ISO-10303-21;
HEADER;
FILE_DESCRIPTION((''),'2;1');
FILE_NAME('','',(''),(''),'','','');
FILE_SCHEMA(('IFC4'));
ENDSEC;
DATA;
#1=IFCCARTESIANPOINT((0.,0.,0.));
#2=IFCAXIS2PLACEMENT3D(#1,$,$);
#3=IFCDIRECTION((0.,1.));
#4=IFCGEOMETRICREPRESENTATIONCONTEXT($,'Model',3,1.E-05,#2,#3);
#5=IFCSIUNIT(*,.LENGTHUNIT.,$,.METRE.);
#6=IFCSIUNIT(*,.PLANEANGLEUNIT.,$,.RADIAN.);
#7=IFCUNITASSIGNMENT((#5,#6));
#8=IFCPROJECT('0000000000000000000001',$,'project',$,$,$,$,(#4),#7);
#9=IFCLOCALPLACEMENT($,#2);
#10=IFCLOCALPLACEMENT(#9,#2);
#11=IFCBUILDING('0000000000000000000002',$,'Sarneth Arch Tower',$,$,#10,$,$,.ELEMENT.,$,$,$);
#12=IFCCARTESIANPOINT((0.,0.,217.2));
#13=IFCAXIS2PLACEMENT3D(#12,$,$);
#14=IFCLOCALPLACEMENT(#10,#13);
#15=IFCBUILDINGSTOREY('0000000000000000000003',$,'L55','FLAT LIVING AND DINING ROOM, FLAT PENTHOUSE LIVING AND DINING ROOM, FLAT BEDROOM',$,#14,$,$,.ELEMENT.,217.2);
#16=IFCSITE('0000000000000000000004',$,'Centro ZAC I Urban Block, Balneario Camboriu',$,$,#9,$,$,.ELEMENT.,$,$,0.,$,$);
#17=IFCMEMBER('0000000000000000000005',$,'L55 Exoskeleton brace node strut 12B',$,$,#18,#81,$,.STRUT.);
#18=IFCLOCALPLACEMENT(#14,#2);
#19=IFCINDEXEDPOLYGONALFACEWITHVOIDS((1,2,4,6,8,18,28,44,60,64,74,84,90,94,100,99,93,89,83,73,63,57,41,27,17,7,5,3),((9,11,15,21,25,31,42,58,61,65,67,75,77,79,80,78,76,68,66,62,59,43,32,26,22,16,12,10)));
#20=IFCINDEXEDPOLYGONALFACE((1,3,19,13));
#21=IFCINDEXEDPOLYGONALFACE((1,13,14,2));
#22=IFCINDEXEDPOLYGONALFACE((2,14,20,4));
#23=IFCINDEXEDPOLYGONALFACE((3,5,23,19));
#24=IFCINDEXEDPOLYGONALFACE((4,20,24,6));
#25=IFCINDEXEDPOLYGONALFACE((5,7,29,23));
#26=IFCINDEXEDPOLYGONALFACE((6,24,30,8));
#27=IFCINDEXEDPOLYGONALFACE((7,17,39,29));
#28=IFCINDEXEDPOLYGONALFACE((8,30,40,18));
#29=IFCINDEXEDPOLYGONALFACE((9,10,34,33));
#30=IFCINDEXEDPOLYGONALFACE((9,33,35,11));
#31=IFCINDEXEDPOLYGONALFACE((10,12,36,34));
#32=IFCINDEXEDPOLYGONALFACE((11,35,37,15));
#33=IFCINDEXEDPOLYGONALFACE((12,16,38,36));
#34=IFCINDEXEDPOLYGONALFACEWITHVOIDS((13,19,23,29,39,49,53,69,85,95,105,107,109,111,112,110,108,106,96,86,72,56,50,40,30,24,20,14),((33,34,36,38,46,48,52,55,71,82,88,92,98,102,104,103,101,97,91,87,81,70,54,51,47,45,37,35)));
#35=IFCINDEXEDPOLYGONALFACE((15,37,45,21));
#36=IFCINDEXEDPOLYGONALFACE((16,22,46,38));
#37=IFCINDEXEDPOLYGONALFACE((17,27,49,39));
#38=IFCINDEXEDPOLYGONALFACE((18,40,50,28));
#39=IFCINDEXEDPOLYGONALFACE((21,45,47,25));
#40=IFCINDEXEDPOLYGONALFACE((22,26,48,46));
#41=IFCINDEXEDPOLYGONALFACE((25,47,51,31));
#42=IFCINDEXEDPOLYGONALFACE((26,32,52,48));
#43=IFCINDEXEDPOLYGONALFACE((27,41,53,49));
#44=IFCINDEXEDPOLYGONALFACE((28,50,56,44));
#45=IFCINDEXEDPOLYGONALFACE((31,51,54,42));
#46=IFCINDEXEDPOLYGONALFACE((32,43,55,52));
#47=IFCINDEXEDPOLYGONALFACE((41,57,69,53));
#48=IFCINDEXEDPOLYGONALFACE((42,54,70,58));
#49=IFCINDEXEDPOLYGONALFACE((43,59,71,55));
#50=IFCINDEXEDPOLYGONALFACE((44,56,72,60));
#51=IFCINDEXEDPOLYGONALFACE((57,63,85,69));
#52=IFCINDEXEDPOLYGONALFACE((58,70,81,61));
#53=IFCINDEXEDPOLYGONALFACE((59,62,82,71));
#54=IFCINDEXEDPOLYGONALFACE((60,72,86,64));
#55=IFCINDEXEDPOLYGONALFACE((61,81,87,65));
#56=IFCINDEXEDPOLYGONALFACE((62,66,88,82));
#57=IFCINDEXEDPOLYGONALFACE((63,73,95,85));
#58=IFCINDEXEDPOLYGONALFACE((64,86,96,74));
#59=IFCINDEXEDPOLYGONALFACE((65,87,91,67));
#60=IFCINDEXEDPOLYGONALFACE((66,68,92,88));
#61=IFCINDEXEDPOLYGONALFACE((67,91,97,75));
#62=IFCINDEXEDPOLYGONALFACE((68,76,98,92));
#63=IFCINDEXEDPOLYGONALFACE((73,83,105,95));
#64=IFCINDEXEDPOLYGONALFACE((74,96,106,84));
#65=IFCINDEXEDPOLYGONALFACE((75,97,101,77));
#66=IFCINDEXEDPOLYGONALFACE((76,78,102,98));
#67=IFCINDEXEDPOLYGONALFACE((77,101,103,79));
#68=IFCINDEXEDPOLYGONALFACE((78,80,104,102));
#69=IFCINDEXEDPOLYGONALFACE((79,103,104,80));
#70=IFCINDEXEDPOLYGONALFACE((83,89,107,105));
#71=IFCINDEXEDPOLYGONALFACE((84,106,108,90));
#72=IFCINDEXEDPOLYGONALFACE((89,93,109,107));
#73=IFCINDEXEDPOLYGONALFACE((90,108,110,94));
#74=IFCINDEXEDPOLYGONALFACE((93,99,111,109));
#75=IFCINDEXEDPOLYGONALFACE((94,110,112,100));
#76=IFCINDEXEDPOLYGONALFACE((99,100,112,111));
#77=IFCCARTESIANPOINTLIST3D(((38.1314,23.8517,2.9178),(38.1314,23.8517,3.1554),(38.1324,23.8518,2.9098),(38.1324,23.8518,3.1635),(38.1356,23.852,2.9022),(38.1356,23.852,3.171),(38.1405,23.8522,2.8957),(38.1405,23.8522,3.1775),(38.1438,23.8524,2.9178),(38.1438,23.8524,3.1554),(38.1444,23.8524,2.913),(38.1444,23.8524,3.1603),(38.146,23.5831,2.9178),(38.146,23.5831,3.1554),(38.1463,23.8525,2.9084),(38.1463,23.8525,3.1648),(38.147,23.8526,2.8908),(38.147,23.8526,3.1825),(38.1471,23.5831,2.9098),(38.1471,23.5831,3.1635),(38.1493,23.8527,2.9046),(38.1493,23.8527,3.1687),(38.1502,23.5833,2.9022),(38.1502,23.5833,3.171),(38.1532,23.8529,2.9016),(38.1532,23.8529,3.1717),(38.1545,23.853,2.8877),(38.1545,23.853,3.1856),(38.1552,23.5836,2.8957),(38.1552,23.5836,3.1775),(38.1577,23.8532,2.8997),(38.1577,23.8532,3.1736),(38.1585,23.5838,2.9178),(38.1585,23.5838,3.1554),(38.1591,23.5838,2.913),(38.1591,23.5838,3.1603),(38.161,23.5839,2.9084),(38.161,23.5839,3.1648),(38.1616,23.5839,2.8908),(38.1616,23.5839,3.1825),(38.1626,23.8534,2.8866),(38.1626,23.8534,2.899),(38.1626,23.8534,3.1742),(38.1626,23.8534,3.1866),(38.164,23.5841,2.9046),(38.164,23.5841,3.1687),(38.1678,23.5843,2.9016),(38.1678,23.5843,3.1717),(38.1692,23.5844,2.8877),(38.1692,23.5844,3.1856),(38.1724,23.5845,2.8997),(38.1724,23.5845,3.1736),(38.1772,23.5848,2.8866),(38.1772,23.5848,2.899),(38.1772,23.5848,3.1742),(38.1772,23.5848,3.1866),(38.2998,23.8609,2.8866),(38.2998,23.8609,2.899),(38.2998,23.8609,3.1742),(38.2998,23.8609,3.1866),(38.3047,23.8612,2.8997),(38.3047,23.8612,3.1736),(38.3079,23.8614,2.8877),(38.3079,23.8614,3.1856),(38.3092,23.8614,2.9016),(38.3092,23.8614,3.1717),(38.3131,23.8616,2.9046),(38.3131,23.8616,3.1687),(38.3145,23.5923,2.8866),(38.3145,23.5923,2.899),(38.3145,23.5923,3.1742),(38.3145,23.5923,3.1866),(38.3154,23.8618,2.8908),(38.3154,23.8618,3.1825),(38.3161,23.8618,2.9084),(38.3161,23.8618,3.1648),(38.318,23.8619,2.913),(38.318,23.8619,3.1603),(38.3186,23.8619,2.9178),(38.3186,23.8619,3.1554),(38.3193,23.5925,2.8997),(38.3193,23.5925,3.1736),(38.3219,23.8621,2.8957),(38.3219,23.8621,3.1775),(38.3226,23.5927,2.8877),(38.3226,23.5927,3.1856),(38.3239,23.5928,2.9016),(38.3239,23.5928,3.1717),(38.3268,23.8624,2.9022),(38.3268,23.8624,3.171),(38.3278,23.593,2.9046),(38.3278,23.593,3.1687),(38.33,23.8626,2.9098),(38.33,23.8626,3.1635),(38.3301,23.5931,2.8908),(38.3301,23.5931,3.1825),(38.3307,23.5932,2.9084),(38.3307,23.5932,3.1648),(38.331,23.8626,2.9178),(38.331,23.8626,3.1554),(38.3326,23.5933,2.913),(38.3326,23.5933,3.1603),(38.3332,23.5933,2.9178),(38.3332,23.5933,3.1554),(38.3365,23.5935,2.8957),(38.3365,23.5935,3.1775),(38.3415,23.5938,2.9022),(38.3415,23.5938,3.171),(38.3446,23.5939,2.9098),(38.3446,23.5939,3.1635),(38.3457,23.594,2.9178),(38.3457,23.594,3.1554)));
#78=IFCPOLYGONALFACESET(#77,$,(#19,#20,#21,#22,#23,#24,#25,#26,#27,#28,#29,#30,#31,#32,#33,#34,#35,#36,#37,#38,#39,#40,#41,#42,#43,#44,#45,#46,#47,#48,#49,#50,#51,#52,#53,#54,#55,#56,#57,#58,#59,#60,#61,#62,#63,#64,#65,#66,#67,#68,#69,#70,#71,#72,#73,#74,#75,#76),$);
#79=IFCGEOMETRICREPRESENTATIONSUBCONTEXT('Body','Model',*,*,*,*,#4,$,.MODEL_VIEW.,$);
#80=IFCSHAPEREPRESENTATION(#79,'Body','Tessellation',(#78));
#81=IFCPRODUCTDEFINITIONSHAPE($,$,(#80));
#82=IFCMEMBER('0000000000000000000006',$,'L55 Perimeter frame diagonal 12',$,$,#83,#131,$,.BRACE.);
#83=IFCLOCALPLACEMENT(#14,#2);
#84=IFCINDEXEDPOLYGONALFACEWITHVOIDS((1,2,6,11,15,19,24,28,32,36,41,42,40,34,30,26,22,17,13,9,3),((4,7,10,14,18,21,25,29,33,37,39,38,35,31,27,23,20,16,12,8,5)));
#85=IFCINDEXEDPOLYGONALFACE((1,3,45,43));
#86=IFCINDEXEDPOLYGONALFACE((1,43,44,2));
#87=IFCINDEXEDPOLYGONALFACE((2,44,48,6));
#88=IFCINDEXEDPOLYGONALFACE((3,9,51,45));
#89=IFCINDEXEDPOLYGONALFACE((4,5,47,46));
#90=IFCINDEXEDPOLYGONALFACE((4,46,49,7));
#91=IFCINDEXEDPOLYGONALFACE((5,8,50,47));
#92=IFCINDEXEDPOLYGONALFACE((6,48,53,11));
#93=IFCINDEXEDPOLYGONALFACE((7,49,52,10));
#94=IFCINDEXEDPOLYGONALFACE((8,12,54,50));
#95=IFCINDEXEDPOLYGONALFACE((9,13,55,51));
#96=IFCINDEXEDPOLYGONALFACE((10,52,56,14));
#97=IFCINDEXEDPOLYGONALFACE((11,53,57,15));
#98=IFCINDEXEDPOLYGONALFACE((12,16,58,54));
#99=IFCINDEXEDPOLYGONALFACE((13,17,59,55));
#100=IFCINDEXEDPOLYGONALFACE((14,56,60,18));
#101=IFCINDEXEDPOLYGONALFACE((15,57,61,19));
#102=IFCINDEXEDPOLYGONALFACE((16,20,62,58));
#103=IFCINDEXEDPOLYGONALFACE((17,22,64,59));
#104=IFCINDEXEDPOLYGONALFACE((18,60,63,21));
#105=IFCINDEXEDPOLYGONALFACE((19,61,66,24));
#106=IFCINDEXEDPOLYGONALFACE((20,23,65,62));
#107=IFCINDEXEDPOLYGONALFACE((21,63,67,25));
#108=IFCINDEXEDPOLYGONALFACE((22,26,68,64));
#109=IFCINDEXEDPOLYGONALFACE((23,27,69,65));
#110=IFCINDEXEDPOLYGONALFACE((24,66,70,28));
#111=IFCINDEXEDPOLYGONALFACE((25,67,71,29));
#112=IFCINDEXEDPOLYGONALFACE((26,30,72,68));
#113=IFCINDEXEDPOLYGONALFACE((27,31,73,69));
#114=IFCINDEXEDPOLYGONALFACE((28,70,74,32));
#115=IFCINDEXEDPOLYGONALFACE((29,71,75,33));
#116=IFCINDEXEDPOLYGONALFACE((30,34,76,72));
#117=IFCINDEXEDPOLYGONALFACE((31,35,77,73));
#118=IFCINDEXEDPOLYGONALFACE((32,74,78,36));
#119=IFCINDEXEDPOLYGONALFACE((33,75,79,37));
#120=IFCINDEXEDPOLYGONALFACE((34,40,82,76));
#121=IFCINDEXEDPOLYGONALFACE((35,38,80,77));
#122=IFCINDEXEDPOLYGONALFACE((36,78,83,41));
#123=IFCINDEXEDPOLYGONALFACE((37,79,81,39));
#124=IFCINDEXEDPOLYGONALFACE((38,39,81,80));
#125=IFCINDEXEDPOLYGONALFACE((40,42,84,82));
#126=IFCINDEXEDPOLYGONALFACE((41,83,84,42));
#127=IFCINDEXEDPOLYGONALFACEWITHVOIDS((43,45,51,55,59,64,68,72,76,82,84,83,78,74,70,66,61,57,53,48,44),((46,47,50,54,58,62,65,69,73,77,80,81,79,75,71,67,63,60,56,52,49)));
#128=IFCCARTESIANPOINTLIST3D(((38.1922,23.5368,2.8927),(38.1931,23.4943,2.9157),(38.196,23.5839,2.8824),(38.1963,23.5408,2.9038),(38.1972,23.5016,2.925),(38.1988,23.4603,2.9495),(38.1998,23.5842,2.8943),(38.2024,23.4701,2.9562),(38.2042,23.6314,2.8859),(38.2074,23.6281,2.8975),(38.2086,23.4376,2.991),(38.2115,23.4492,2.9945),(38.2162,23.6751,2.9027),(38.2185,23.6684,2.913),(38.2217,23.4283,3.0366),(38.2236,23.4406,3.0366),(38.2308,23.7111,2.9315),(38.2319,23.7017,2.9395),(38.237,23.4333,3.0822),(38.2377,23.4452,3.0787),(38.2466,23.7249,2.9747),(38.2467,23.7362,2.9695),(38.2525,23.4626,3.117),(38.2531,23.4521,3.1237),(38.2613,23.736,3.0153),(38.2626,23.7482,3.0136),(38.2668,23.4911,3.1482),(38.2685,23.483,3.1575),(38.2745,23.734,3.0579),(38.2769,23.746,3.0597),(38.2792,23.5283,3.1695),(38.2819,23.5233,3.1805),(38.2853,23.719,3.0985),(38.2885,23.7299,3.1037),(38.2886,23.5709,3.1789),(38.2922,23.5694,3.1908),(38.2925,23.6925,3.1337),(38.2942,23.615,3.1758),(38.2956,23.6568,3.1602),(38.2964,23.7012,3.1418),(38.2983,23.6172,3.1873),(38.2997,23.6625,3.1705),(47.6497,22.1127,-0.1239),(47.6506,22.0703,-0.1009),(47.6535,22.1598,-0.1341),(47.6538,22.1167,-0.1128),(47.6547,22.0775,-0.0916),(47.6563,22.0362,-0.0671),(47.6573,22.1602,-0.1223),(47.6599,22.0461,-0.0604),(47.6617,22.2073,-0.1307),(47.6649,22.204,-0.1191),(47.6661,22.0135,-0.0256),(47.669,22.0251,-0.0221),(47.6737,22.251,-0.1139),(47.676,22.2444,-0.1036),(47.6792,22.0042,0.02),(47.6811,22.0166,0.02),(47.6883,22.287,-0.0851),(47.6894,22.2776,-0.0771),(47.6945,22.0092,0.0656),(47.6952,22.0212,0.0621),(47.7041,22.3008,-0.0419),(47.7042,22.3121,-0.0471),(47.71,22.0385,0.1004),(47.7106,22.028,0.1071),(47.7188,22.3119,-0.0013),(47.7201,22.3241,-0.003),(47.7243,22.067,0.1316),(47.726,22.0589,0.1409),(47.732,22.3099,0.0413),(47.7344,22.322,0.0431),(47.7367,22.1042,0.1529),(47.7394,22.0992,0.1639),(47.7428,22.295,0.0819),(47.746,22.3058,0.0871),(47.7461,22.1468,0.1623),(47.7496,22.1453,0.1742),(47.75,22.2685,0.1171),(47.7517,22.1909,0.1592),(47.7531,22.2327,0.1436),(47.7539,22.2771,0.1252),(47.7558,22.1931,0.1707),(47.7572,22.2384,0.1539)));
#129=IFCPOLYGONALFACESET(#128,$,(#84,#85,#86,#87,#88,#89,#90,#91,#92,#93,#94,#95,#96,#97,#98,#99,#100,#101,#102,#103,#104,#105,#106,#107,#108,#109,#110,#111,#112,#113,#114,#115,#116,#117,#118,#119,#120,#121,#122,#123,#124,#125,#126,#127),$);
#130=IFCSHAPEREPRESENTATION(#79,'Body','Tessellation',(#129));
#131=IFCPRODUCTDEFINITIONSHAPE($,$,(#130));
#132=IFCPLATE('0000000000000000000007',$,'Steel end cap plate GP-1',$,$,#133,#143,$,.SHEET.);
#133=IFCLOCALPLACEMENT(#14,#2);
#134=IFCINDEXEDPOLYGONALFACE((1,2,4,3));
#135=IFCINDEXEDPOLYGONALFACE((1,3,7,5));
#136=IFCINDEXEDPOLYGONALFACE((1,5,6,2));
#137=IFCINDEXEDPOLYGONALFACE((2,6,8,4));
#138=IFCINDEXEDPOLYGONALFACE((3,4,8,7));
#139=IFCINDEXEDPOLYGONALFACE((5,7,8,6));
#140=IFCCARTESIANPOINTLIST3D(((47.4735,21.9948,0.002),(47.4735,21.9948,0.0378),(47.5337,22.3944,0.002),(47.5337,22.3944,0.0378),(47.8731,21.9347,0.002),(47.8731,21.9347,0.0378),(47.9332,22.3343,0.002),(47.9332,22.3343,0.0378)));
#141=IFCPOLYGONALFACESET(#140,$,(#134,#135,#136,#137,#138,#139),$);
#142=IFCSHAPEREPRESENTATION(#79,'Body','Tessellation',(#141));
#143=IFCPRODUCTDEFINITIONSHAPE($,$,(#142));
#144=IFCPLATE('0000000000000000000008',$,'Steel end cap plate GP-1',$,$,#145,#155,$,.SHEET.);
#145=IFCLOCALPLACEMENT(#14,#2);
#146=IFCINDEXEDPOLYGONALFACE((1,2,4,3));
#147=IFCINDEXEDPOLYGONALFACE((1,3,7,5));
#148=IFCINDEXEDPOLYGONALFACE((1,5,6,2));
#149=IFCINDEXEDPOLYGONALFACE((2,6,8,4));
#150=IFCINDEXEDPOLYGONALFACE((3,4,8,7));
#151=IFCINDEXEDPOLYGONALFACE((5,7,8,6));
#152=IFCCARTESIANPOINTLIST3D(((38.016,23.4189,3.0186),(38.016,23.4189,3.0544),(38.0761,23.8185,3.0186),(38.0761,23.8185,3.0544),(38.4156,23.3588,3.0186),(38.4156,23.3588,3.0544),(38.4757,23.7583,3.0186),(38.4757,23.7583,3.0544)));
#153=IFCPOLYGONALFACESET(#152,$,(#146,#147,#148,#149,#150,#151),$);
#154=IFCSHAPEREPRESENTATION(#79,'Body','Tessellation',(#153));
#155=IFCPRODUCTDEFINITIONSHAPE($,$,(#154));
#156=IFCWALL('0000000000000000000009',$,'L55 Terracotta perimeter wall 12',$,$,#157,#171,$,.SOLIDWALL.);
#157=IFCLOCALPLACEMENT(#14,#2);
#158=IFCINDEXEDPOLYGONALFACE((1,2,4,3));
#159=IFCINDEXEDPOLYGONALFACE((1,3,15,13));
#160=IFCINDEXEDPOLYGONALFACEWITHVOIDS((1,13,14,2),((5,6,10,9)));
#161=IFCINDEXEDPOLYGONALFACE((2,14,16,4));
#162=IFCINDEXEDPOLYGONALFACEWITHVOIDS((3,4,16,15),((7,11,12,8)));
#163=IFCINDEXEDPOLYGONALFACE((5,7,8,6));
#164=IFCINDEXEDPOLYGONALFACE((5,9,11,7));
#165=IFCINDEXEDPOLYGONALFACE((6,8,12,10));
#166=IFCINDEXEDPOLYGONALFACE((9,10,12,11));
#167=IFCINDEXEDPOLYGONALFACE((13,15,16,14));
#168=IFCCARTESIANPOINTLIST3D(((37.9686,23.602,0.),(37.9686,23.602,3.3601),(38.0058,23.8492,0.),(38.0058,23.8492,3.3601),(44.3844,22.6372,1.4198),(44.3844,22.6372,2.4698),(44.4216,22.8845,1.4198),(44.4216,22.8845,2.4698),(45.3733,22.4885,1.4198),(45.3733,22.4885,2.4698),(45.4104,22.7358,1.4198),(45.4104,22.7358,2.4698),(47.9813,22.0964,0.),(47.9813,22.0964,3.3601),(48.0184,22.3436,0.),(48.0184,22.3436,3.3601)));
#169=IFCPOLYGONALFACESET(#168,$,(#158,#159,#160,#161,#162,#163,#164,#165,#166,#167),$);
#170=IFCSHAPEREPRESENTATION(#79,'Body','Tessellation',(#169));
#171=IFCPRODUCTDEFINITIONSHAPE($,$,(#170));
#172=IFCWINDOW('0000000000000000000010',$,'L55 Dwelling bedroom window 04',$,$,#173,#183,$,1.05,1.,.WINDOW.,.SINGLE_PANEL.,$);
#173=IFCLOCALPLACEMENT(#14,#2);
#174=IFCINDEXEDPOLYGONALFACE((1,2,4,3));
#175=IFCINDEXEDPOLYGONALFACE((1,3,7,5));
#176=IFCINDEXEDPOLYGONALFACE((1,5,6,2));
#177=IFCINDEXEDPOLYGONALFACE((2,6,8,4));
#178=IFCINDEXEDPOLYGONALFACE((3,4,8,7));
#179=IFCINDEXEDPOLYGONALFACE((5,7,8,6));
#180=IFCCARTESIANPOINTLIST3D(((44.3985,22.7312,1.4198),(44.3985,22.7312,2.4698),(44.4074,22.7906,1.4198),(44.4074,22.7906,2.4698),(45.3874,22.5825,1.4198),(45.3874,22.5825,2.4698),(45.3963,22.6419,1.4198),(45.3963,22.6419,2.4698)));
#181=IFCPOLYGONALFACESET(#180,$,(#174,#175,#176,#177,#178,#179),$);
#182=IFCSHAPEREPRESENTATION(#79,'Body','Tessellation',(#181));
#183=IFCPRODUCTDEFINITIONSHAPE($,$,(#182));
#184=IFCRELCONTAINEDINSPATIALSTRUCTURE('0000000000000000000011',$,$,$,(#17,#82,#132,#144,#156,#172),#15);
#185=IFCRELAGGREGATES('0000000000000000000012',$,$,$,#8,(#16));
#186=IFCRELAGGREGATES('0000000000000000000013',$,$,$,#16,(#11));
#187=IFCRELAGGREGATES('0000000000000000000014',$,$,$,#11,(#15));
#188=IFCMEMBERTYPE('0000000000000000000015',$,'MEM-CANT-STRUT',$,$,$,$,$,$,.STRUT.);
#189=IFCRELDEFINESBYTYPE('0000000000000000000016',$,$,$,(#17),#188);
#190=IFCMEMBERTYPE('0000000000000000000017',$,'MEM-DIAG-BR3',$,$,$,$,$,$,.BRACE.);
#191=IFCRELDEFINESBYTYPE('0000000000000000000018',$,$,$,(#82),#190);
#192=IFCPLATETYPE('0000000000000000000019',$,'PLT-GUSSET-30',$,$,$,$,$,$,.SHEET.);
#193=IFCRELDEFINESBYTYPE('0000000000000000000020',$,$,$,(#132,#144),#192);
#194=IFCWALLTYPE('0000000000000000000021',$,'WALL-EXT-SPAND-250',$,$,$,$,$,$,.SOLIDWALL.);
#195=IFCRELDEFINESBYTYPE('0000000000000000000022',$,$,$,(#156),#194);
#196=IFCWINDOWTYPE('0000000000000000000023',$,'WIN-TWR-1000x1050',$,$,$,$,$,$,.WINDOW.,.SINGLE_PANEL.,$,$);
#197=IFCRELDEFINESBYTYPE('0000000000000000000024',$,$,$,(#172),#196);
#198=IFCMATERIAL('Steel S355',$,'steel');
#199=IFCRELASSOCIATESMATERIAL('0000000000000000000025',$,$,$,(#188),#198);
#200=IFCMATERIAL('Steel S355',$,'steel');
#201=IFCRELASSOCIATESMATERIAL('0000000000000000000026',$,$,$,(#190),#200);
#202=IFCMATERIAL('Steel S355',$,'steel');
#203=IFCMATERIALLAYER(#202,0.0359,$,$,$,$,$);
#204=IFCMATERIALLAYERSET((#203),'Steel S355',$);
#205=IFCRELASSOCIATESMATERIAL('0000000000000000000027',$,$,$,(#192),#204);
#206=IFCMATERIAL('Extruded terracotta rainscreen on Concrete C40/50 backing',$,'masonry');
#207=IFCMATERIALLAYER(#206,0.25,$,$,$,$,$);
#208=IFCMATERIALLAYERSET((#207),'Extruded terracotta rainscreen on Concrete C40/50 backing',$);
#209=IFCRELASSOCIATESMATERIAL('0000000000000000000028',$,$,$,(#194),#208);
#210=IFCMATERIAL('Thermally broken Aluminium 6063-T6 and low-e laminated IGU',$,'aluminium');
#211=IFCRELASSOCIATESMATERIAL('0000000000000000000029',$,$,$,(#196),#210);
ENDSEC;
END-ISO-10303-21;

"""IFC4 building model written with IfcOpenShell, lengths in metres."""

from ifc_helpers import new_model, si_unit, direction, frame, frame_2d, origin, origin_2d, place, context, subcontext, project, spatial, rectangle, hollow_rectangle, hollow_circle, extrude, material, layer, layer_set, material_profile, profile_set, type_object, element, fill, save


model = new_model("IFC4")

# Units and contexts
model_context = context("Model", 3, precision=1e-05, world=origin(), true_north=direction((0.0, 1.0)))
body_context = subcontext(model_context, "Body", "Model", "MODEL_VIEW")
ifc_project = project(units=[si_unit("LENGTHUNIT", "METRE"), si_unit("PLANEANGLEUNIT", "RADIAN")], contexts=[model_context])

# Site, building, storey
site_placement = place(None, origin())
site = spatial("IfcSite", under=ifc_project, at=site_placement, Name="Centro ZAC I Urban Block, Balneario Camboriu", CompositionType="ELEMENT", RefElevation=0.0)
building_placement = place(site_placement, origin())
building = spatial("IfcBuilding", under=site, at=building_placement, Name="Sarneth Arch Tower", CompositionType="ELEMENT")
storey_placement = place(building_placement, frame((0.0, 0.0, 217.2)))
storey = spatial("IfcBuildingStorey", under=building, at=storey_placement, Name="L55", Description="FLAT LIVING AND DINING ROOM, FLAT PENTHOUSE LIVING AND DINING ROOM, FLAT BEDROOM", CompositionType="ELEMENT", Elevation=217.2)

# Members
ifc_material_1 = material(Name="Steel S355", Category="steel")
ifc_material_profile_1 = material_profile(ifc_material_1, hollow_rectangle(XDim=0.2, YDim=0.3, WallThickness=0.0125, InnerFilletRadius=0.0188, OuterFilletRadius=0.0312, at=origin_2d()), Name="RHS300x200x12.5")
ifc_profile_set_1 = profile_set([ifc_material_profile_1], Name="Steel S355")
member_type_1 = type_object("IfcMemberType", Name="MEM-CANT-STRUT", PredefinedType="STRUT", material=ifc_profile_set_1)
member_1_placement = place(storey_placement, frame((38.2312, 23.8572, 3.0366), z_axis=(0.054464, -0.998516, 0.0), x_axis=(0.998516, 0.054464, 0.0)))
element("IfcMember", 1, at=member_1_placement, inside=storey, type_object=member_type_1, Name="L55 Exoskeleton brace node strut 12B", PredefinedType="STRUT", context=body_context, shape_type="SweptSolid", body=[
    extrude(hollow_rectangle(XDim=0.2, YDim=0.3, WallThickness=0.0125, InnerFilletRadius=0.0188, OuterFilletRadius=0.0312, at=origin_2d()), origin(), (0.0, 0.0, 1.0), 0.269),
])
ifc_material_2 = material(Name="Steel S355", Category="steel")
ifc_material_profile_2 = material_profile(ifc_material_2, hollow_circle(Radius=0.1621, WallThickness=0.0125, at=origin_2d()), Name="CHS324x12.5")
ifc_profile_set_2 = profile_set([ifc_material_profile_2], Name="Steel S355")
member_type_2 = type_object("IfcMemberType", Name="MEM-DIAG-BR3", PredefinedType="BRACE", material=ifc_profile_set_2)
member_2_placement = place(storey_placement, frame((47.7034, 22.1646, 0.02), z_axis=(-0.943056, 0.142001, 0.3008), x_axis=(-0.148897, -0.988853, 0.0)))
element("IfcMember", 2, at=member_2_placement, inside=storey, type_object=member_type_2, Name="L55 Perimeter frame diagonal 12", PredefinedType="BRACE", context=body_context, shape_type="SweptSolid", body=[
    extrude(hollow_circle(Radius=0.1621, WallThickness=0.0125, at=origin_2d()), origin(), (0.0, 0.0, 1.0), 10.0286),
])

# Plates
ifc_material_3 = material(Name="Steel S355", Category="steel")
ifc_layer_1 = layer(ifc_material_3, 0.0359)
ifc_layer_set_1 = layer_set([ifc_layer_1], Name="Steel S355")
plate_type = type_object("IfcPlateType", Name="PLT-GUSSET-30", PredefinedType="SHEET", material=ifc_layer_set_1)
for number, where, z_axis, x_axis, name in (
    (3, (47.7034, 22.1646, 0.002), (0.0, 0.0, 1.0), (0.988861, -0.148845, 0.0), "Steel end cap plate GP-1"),
    (4, (38.2458, 23.5886, 3.0186), (0.0, 0.0, 1.0), (0.988861, -0.148845, 0.0), "Steel end cap plate GP-1"),
):
    element("IfcPlate", number, at=place(storey_placement, frame(where, z_axis=z_axis, x_axis=x_axis)), inside=storey, type_object=plate_type, Name=name, PredefinedType="SHEET", context=body_context, shape_type="SweptSolid", body=[
        extrude(rectangle(XDim=0.4041, YDim=0.4041, at=origin_2d()), origin(), (0.0, 0.0, 1.0), 0.0359),
    ])

# Wall, opening, window
ifc_material_4 = material(Name="Extruded terracotta rainscreen on Concrete C40/50 backing", Category="masonry")
ifc_layer_2 = layer(ifc_material_4, 0.25)
ifc_layer_set_2 = layer_set([ifc_layer_2], Name="Extruded terracotta rainscreen on Concrete C40/50 backing")
wall_type_1 = type_object("IfcWallType", Name="WALL-EXT-SPAND-250", PredefinedType="SOLIDWALL", material=ifc_layer_set_2)
wall_1_placement = place(storey_placement, frame((37.9873, 23.7256, 0.0), z_axis=(0.0, 0.0, 1.0), x_axis=(0.988883, -0.148699, 0.0)))
wall_1 = element("IfcWall", 5, at=wall_1_placement, inside=storey, type_object=wall_type_1, Name="L55 Terracotta perimeter wall 12", PredefinedType="SOLIDWALL", context=body_context, shape_type="SweptSolid", body=[
    extrude(rectangle(XDim=10.1252, YDim=0.25, at=frame_2d((5.0625, 0.0))), origin(), (0.0, 0.0, 1.0), 3.3601),
])
opening_1_placement = place(wall_1_placement, frame((6.4878, 0.0, 1.4199)))
opening_1 = element("IfcOpeningElement", 6, at=opening_1_placement, cuts=wall_1, PredefinedType="OPENING", context=body_context, shape_type="SweptSolid", body=[
    extrude(rectangle(XDim=1.0, YDim=1.05, at=frame_2d((0.5, 0.5249))), frame((0.0, 0.135, 0.0), z_axis=(0.0, -1.0, 0.0), x_axis=(1.0, 0.0, 0.0)), (0.0, 0.0, 1.0), 0.27),
])
ifc_material_5 = material(Name="Thermally broken Aluminium 6063-T6 and low-e laminated IGU", Category="aluminium")
window_type = type_object("IfcWindowType", Name="WIN-TWR-1000x1050", PartitioningType="SINGLE_PANEL", PredefinedType="WINDOW", material=ifc_material_5)
window_placement = place(opening_1_placement, origin())
window = element("IfcWindow", 7, at=window_placement, inside=storey, type_object=window_type, Name="L55 Dwelling bedroom window 04", OverallHeight=1.05, OverallWidth=1.0, PartitioningType="SINGLE_PANEL", PredefinedType="WINDOW", context=body_context, shape_type="SweptSolid", body=[
    extrude(rectangle(XDim=1.0, YDim=1.05, at=frame_2d((0.5, 0.5249))), frame((0.0, 0.03, 0.0), z_axis=(0.0, -1.0, 0.0), x_axis=(1.0, 0.0, 0.0)), (0.0, 0.0, 1.0), 0.0601),
])
fill(opening_1, window)

save(model, "model.ifc")
